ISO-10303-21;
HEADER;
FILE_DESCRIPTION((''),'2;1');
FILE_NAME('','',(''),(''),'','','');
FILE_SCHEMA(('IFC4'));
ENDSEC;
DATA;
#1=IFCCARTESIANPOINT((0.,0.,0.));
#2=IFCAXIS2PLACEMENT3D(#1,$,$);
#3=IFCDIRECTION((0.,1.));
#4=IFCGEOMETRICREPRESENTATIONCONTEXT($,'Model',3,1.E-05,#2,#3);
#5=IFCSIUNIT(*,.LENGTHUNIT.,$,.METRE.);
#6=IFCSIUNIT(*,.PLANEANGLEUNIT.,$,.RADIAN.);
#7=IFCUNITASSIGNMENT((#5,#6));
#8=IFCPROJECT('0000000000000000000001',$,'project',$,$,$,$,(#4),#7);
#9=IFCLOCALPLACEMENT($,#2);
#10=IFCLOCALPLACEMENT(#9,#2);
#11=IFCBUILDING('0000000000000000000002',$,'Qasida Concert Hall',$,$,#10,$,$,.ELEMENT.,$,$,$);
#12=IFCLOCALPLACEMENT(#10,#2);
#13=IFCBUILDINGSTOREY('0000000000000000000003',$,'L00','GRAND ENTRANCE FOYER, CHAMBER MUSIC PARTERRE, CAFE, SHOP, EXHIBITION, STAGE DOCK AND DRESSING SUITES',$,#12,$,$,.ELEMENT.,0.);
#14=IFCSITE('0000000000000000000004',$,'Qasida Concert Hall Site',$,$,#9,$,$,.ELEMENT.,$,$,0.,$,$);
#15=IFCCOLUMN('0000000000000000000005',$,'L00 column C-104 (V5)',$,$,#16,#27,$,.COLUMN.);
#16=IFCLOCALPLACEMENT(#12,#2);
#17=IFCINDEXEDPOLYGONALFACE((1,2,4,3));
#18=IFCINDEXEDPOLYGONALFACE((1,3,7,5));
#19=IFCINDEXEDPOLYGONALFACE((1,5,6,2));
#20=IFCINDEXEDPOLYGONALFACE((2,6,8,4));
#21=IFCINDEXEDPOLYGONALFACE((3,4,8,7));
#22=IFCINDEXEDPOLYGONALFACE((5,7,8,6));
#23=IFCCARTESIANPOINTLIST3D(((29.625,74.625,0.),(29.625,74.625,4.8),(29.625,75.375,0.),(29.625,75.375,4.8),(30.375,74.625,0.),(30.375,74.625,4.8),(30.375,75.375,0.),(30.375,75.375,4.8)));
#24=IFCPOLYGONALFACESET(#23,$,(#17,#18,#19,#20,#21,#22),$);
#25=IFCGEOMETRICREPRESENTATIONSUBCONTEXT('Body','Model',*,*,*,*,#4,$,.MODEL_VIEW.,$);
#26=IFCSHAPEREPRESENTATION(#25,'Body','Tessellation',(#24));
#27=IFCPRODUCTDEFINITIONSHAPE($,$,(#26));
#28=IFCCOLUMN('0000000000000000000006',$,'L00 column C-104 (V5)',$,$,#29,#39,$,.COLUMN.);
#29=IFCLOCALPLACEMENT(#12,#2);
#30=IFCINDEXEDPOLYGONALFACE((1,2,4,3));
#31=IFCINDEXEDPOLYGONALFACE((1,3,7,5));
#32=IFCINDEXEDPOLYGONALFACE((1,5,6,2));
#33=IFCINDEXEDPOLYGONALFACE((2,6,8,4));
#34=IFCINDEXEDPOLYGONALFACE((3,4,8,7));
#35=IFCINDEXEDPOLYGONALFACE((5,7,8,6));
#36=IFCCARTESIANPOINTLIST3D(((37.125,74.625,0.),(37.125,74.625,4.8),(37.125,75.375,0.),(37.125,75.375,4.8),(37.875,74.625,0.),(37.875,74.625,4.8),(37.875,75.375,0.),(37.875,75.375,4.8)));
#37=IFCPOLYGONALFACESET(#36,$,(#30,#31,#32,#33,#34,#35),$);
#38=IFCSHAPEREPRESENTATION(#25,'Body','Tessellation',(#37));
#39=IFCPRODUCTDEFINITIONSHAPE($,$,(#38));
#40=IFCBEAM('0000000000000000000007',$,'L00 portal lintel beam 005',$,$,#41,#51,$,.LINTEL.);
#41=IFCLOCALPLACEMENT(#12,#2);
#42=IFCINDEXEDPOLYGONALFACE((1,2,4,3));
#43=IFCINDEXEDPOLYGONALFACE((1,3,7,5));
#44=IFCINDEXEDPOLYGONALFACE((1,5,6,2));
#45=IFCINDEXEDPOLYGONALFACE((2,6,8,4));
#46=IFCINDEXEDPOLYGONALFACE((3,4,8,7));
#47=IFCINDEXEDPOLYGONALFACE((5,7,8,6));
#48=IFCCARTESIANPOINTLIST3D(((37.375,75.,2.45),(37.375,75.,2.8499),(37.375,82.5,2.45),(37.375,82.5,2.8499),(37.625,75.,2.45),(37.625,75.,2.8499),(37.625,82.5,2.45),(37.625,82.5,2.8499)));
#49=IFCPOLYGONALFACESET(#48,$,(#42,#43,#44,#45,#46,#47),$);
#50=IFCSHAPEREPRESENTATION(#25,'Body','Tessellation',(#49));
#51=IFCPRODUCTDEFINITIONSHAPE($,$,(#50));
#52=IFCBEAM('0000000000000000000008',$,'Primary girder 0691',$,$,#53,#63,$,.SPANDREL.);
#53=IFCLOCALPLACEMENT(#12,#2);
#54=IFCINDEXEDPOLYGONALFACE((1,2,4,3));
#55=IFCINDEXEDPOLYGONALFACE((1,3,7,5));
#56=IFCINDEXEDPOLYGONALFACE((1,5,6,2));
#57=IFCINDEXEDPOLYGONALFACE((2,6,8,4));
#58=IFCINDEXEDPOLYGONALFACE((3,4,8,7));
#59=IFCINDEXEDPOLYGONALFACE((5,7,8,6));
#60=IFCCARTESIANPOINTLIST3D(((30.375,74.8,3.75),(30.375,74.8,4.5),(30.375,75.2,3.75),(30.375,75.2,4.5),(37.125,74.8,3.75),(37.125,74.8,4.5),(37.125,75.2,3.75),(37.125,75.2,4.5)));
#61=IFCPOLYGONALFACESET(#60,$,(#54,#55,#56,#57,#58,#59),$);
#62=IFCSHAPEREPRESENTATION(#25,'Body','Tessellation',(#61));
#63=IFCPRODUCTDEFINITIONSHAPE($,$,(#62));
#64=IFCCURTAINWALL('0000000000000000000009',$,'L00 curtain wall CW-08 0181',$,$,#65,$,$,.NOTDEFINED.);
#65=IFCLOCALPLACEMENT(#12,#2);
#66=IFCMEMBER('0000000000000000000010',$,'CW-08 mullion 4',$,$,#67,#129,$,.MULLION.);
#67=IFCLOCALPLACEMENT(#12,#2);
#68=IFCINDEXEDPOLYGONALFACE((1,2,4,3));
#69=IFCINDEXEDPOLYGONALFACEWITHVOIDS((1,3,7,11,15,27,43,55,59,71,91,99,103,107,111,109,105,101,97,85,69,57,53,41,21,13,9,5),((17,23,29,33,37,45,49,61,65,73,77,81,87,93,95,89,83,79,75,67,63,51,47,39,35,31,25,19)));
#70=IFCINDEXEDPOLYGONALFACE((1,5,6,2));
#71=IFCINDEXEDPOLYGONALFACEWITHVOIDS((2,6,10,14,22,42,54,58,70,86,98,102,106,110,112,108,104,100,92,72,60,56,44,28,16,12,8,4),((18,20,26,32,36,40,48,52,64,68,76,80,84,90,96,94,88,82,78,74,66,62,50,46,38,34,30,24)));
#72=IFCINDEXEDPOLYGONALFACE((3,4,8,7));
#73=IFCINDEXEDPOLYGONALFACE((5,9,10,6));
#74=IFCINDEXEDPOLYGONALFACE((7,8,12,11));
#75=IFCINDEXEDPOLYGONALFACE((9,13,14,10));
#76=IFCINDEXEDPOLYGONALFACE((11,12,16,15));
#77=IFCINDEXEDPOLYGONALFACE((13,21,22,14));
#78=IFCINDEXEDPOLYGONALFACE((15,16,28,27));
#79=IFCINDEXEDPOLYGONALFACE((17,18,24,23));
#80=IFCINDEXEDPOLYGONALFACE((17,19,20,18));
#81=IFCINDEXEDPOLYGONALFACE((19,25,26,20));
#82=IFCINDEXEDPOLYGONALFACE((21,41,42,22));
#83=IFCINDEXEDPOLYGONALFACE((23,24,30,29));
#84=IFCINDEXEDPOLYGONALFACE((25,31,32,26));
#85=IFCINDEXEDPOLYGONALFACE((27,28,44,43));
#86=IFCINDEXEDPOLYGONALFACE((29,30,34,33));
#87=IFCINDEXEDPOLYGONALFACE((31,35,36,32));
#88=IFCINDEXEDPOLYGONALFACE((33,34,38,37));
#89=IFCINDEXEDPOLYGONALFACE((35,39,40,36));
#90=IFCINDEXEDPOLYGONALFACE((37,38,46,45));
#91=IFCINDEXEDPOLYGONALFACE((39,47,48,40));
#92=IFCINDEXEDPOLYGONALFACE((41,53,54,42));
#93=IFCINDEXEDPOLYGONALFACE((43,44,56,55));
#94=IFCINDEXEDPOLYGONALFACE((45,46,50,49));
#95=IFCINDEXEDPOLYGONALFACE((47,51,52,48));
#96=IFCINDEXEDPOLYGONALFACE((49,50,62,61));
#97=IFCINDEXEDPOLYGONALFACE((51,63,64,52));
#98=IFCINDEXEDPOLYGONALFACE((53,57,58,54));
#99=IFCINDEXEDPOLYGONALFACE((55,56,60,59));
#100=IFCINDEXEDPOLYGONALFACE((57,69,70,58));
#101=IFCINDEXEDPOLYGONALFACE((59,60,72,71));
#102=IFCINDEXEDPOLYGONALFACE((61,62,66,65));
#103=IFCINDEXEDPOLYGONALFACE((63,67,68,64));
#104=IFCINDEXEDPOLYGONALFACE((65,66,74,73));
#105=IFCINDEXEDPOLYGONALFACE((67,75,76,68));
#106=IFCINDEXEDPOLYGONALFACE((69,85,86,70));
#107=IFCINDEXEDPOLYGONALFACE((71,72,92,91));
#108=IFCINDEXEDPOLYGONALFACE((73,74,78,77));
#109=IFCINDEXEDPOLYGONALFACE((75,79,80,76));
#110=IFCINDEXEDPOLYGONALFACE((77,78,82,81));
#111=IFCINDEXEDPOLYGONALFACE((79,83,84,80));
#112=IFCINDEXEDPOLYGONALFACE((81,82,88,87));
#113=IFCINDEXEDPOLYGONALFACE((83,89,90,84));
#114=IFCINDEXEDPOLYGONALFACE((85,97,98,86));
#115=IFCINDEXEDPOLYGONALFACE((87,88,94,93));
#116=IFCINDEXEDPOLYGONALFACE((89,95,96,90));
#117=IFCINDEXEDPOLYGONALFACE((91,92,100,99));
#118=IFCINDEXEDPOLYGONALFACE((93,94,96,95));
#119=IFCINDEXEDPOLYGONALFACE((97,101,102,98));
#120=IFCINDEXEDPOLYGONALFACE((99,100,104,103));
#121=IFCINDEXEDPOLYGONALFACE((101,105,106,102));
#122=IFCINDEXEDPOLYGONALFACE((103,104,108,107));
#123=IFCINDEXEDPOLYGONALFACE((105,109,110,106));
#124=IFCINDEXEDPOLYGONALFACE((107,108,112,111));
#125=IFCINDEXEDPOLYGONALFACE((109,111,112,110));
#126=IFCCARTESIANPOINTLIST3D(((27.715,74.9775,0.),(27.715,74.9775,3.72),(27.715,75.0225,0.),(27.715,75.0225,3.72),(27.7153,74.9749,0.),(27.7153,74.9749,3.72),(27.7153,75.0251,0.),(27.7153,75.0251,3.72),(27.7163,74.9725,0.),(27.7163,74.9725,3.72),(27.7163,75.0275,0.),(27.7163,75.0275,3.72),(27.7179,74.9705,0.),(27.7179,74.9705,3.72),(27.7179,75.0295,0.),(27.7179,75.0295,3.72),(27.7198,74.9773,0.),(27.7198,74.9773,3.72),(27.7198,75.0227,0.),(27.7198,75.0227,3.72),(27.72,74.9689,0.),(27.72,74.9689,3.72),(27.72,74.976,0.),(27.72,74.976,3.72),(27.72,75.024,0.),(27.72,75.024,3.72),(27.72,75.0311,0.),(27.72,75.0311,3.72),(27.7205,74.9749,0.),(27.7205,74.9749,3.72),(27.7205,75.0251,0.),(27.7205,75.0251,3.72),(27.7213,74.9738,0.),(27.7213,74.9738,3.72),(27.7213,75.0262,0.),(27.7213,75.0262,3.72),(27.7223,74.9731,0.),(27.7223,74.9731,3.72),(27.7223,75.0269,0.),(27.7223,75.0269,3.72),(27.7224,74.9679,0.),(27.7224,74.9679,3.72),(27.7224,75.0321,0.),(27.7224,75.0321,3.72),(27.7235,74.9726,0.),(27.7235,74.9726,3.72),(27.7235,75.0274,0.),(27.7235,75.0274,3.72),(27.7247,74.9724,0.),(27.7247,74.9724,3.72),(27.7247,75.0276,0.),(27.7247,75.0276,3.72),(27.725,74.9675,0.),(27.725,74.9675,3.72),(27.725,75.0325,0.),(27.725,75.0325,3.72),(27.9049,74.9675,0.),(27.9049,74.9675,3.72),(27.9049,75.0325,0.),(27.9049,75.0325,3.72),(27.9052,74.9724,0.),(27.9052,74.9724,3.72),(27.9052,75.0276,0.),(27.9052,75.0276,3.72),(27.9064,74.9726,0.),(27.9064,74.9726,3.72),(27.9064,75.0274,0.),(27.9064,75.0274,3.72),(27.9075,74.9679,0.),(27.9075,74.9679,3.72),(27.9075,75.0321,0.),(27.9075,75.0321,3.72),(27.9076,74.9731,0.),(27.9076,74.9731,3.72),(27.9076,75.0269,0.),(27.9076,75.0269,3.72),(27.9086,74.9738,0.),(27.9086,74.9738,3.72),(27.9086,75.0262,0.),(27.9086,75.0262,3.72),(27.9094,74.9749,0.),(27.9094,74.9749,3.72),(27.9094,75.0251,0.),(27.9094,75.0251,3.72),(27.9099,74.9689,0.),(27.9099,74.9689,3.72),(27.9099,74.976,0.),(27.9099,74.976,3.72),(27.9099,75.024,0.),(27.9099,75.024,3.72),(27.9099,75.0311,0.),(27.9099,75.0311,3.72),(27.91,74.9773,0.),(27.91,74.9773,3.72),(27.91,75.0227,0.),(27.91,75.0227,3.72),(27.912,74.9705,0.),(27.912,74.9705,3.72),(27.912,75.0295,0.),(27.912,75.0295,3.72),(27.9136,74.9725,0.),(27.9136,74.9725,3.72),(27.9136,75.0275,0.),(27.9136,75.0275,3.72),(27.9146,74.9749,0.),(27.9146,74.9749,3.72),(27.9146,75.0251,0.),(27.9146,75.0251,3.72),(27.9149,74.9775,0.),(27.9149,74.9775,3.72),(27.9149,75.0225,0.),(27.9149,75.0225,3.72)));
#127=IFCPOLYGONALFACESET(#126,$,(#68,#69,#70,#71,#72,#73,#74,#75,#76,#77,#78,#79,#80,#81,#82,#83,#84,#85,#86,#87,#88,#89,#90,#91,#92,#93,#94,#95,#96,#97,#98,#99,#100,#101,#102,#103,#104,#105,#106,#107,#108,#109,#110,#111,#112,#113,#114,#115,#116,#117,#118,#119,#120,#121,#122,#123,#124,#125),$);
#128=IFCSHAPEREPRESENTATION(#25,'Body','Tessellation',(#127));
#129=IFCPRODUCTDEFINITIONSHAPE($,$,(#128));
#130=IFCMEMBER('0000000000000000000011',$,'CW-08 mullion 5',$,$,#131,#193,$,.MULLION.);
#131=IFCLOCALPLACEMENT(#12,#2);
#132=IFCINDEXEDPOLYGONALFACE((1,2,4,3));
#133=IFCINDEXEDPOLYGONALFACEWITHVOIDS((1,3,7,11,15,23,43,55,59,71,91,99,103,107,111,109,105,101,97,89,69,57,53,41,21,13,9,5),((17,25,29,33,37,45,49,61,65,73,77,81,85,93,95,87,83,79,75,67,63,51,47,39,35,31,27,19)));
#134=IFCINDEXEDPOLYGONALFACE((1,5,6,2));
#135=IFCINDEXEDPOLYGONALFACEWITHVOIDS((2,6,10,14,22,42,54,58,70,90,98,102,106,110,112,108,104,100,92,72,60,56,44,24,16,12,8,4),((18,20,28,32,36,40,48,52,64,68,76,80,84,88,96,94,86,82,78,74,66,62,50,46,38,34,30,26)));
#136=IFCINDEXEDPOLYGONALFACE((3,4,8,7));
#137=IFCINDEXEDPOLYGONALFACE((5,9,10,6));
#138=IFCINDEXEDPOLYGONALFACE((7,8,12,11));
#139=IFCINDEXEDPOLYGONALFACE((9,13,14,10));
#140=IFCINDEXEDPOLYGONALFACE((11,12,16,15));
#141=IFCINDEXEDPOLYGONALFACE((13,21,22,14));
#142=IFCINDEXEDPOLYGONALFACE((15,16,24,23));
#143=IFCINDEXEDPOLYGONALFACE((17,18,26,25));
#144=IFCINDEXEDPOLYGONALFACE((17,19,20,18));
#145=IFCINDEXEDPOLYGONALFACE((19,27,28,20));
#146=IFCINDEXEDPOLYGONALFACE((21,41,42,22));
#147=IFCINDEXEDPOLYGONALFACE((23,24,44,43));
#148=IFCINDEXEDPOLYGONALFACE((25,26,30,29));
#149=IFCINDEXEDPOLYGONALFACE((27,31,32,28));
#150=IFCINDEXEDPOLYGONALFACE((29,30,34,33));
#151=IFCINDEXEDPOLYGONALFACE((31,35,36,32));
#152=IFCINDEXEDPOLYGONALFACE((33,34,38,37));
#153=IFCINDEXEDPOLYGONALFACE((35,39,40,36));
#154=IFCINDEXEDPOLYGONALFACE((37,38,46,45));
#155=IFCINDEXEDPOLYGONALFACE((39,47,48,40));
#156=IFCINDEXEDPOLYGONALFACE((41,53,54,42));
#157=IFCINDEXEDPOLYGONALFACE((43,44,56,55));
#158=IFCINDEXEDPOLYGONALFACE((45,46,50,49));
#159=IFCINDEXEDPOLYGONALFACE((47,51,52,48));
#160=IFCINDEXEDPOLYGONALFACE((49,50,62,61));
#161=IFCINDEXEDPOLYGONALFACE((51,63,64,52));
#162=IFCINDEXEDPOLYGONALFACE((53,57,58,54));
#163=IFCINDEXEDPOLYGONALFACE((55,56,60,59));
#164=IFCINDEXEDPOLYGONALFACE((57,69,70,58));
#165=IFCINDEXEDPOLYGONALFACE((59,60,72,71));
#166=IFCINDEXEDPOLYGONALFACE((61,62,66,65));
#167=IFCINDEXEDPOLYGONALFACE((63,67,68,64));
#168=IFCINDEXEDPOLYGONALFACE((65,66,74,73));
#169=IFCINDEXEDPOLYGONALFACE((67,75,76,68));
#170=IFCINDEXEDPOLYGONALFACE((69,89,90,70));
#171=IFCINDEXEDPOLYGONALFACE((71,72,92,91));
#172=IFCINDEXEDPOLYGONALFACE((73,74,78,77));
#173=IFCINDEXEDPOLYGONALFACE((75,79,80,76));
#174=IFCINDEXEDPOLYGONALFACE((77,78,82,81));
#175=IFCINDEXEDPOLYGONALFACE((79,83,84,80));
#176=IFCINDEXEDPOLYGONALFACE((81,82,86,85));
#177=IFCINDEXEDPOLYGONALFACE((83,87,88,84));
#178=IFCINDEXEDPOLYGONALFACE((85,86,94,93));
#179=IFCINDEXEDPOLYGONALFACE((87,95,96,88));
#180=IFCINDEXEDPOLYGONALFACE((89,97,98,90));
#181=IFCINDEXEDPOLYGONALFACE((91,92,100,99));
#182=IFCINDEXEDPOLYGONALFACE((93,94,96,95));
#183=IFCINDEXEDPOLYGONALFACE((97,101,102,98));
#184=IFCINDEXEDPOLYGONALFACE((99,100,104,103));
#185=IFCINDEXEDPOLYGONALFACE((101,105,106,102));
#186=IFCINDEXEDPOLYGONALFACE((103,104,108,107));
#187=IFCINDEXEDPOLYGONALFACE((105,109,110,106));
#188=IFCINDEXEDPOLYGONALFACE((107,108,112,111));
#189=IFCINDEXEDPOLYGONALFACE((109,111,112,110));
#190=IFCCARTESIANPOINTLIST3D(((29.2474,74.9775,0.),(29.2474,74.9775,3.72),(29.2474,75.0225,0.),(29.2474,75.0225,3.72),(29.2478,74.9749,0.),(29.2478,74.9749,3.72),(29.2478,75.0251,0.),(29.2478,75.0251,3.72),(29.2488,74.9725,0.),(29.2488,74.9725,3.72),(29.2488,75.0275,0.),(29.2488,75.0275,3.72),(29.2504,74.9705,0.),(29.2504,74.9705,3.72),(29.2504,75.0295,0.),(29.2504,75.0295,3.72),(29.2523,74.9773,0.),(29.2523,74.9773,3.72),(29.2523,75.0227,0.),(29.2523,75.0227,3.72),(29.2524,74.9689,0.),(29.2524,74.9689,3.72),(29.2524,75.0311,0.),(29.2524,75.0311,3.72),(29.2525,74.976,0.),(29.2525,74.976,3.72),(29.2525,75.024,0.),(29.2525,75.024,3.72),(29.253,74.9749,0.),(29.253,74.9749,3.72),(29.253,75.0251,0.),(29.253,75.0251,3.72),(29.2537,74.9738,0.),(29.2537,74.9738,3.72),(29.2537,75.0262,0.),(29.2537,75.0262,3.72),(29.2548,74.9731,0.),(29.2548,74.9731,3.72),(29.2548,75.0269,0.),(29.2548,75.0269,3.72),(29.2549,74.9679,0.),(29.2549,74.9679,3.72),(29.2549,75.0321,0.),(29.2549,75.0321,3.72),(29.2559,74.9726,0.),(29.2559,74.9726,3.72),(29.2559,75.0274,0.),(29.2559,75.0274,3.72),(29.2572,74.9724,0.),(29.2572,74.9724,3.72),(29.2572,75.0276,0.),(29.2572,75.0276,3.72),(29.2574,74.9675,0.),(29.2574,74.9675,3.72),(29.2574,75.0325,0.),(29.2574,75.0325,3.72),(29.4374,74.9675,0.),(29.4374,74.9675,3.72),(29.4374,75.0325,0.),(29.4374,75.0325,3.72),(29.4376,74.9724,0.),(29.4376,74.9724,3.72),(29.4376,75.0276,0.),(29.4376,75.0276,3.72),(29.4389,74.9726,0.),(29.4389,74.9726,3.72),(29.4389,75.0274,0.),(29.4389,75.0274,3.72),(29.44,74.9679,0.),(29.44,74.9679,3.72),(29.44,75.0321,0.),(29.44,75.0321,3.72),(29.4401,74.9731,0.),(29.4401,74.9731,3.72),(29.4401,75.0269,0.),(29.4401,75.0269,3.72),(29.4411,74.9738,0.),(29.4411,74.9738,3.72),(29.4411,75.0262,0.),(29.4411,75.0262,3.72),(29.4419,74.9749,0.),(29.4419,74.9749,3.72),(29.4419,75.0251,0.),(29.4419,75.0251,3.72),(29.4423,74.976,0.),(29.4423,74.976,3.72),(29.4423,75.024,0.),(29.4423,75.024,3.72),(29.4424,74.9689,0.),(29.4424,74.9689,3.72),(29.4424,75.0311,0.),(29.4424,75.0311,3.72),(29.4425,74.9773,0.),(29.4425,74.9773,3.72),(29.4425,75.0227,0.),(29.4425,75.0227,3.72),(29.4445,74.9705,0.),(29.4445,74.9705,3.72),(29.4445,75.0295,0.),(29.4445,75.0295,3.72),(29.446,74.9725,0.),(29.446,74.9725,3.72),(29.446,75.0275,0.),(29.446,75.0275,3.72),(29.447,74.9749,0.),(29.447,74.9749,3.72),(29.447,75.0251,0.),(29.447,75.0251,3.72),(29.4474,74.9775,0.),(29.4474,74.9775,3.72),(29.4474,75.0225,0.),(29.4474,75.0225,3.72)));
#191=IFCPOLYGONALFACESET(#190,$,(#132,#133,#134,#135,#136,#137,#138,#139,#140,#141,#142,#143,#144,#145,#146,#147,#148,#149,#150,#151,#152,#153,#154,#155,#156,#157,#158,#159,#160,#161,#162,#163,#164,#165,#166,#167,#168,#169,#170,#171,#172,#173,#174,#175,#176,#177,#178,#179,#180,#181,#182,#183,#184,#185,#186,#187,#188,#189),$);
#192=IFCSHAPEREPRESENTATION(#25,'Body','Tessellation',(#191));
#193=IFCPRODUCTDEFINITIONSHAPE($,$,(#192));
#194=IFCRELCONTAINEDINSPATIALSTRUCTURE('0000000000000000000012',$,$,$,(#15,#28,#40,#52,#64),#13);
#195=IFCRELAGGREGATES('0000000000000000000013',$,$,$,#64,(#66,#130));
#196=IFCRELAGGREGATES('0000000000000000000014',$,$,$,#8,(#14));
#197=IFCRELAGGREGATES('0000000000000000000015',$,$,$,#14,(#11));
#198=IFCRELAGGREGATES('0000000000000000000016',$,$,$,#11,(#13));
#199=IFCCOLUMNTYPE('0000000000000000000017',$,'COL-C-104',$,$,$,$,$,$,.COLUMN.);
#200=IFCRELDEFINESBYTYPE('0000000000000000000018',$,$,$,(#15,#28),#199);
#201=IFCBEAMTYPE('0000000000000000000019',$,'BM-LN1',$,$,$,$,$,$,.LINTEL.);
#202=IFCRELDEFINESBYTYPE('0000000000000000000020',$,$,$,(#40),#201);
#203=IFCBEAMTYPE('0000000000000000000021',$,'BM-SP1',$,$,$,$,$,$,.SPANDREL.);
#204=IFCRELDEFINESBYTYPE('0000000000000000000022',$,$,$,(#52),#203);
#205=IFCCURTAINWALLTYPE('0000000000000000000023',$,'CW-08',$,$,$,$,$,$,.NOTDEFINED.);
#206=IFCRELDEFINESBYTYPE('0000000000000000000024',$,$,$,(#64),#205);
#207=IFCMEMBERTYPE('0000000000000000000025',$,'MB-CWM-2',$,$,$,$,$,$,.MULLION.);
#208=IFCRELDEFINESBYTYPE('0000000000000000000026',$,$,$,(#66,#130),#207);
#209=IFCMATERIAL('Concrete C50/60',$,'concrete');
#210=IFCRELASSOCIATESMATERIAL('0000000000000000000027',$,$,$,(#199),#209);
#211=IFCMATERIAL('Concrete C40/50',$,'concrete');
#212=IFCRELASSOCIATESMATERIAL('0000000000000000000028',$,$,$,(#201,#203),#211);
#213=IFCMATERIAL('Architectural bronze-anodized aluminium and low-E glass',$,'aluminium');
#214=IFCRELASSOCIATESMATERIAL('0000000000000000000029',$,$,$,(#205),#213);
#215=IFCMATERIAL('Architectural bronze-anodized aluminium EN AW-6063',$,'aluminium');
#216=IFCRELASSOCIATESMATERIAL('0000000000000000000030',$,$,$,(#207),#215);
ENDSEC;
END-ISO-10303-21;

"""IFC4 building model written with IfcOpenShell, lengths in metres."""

from ifc_helpers import new_model, si_unit, direction, frame, origin, origin_2d, place, context, subcontext, project, spatial, rectangle, hollow_rectangle, extrude, material, material_profile, profile_set, type_object, element, aggregate, save


model = new_model("IFC4")

# Units and contexts
model_context = context("Model", 3, precision=1e-05, world=origin(), true_north=direction((0.0, 1.0)))
body_context = subcontext(model_context, "Body", "Model", "MODEL_VIEW")
ifc_project = project(units=[si_unit("LENGTHUNIT", "METRE"), si_unit("PLANEANGLEUNIT", "RADIAN")], contexts=[model_context])

# Site, building, storey
site_placement = place(None, origin())
site = spatial("IfcSite", under=ifc_project, at=site_placement, Name="Qasida Concert Hall Site", CompositionType="ELEMENT", RefElevation=0.0)
building_placement = place(site_placement, origin())
building = spatial("IfcBuilding", under=site, at=building_placement, Name="Qasida Concert Hall", CompositionType="ELEMENT")
storey_placement = place(building_placement, origin())
storey = spatial("IfcBuildingStorey", under=building, at=storey_placement, Name="L00", Description="GRAND ENTRANCE FOYER, CHAMBER MUSIC PARTERRE, CAFE, SHOP, EXHIBITION, STAGE DOCK AND DRESSING SUITES", CompositionType="ELEMENT", Elevation=0.0)

# Columns
ifc_material_1 = material(Name="Concrete C50/60", Category="concrete")
ifc_material_profile_1 = material_profile(ifc_material_1, rectangle(XDim=0.75, YDim=0.75, at=origin_2d()), Name="RC 750x750")
ifc_profile_set_1 = profile_set([ifc_material_profile_1], Name="Concrete C50/60")
column_type = type_object("IfcColumnType", Name="COL-C-104", PredefinedType="COLUMN", material=ifc_profile_set_1)
for number, where, z_axis, x_axis, name in (
    (1, (30.0, 75.0, 0.0), (0.0, 0.0, 1.0), (1.0, 0.0, 0.0), "L00 column C-104 (V5)"),
    (2, (37.5, 75.0, 0.0), (0.0, 0.0, 1.0), (1.0, 0.0, 0.0), "L00 column C-104 (V5)"),
):
    element("IfcColumn", number, at=place(storey_placement, frame(where, z_axis=z_axis, x_axis=x_axis)), inside=storey, type_object=column_type, Name=name, PredefinedType="COLUMN", context=body_context, shape_type="SweptSolid", body=[
        extrude(rectangle(XDim=0.75, YDim=0.75, at=origin_2d()), origin(), (0.0, 0.0, 1.0), 4.8),
    ])

# Beams
ifc_material_2 = material(Name="Concrete C40/50", Category="concrete")
ifc_material_profile_2 = material_profile(ifc_material_2, rectangle(XDim=0.25, YDim=0.3999, at=origin_2d()), Name="RC 250x400")
ifc_profile_set_2 = profile_set([ifc_material_profile_2], Name="Concrete C40/50")
beam_type_1 = type_object("IfcBeamType", Name="BM-LN1", PredefinedType="LINTEL", material=ifc_profile_set_2)
beam_1_placement = place(storey_placement, frame((37.5, 75.0, 2.6499), z_axis=(0.0, 1.0, 0.0), x_axis=(-1.0, 0.0, 0.0)))
element("IfcBeam", 3, at=beam_1_placement, inside=storey, type_object=beam_type_1, Name="L00 portal lintel beam 005", PredefinedType="LINTEL", context=body_context, shape_type="SweptSolid", body=[
    extrude(rectangle(XDim=0.25, YDim=0.3999, at=origin_2d()), origin(), (0.0, 0.0, 1.0), 7.5),
])
ifc_material_profile_3 = material_profile(ifc_material_2, rectangle(XDim=0.3999, YDim=0.75, at=origin_2d()), Name="RC 400x750")
ifc_profile_set_3 = profile_set([ifc_material_profile_3], Name="Concrete C40/50")
beam_type_2 = type_object("IfcBeamType", Name="BM-SP1", PredefinedType="SPANDREL", material=ifc_profile_set_3)
beam_2_placement = place(storey_placement, frame((30.375, 75.0, 4.125), z_axis=(1.0, 0.0, 0.0), x_axis=(0.0, 1.0, 0.0)))
element("IfcBeam", 4, at=beam_2_placement, inside=storey, type_object=beam_type_2, Name="Primary girder 0691", PredefinedType="SPANDREL", context=body_context, shape_type="SweptSolid", body=[
    extrude(rectangle(XDim=0.3999, YDim=0.75, at=origin_2d()), origin(), (0.0, 0.0, 1.0), 6.75),
])

# Curtain wall, members
ifc_material_3 = material(Name="Architectural bronze-anodized aluminium and low-E glass", Category="aluminium")
curtain_wall_type = type_object("IfcCurtainWallType", Name="CW-08", PredefinedType="NOTDEFINED", material=ifc_material_3)
curtain_wall_1_placement = place(storey_placement, origin())
curtain_wall_1 = element("IfcCurtainWall", 5, at=curtain_wall_1_placement, inside=storey, type_object=curtain_wall_type, Name="L00 curtain wall CW-08 0181", PredefinedType="NOTDEFINED")
ifc_material_4 = material(Name="Architectural bronze-anodized aluminium EN AW-6063", Category="aluminium")
ifc_material_profile_4 = material_profile(ifc_material_4, hollow_rectangle(XDim=0.0649, YDim=0.2, WallThickness=0.0049, InnerFilletRadius=0.0049, OuterFilletRadius=0.01, at=origin_2d()), Name="CWM 200x65x5")
ifc_profile_set_4 = profile_set([ifc_material_profile_4], Name="Architectural bronze-anodized aluminium EN AW-6063")
member_type_1 = type_object("IfcMemberType", Name="MB-CWM-2", PredefinedType="MULLION", material=ifc_profile_set_4)
member_1_placement = place(storey_placement, frame((27.8149, 75.0, 0.0), z_axis=(0.0, 0.0, 1.0), x_axis=(0.0, 1.0, 0.0)))
member_1 = element("IfcMember", 6, at=member_1_placement, type_object=member_type_1, Name="CW-08 mullion 4", PredefinedType="MULLION", context=body_context, shape_type="SweptSolid", body=[
    extrude(hollow_rectangle(XDim=0.0649, YDim=0.2, WallThickness=0.0049, InnerFilletRadius=0.0049, OuterFilletRadius=0.01, at=origin_2d()), origin(), (0.0, 0.0, 1.0), 3.72),
])
member_2_placement = place(storey_placement, frame((29.3474, 75.0, 0.0), z_axis=(0.0, 0.0, 1.0), x_axis=(0.0, 1.0, 0.0)))
member_2 = element("IfcMember", 7, at=member_2_placement, type_object=member_type_1, Name="CW-08 mullion 5", PredefinedType="MULLION", context=body_context, shape_type="SweptSolid", body=[
    extrude(hollow_rectangle(XDim=0.0649, YDim=0.2, WallThickness=0.0049, InnerFilletRadius=0.0049, OuterFilletRadius=0.01, at=origin_2d()), origin(), (0.0, 0.0, 1.0), 3.72),
])

aggregate(curtain_wall_1, [member_1, member_2])

save(model, "model.ifc")
